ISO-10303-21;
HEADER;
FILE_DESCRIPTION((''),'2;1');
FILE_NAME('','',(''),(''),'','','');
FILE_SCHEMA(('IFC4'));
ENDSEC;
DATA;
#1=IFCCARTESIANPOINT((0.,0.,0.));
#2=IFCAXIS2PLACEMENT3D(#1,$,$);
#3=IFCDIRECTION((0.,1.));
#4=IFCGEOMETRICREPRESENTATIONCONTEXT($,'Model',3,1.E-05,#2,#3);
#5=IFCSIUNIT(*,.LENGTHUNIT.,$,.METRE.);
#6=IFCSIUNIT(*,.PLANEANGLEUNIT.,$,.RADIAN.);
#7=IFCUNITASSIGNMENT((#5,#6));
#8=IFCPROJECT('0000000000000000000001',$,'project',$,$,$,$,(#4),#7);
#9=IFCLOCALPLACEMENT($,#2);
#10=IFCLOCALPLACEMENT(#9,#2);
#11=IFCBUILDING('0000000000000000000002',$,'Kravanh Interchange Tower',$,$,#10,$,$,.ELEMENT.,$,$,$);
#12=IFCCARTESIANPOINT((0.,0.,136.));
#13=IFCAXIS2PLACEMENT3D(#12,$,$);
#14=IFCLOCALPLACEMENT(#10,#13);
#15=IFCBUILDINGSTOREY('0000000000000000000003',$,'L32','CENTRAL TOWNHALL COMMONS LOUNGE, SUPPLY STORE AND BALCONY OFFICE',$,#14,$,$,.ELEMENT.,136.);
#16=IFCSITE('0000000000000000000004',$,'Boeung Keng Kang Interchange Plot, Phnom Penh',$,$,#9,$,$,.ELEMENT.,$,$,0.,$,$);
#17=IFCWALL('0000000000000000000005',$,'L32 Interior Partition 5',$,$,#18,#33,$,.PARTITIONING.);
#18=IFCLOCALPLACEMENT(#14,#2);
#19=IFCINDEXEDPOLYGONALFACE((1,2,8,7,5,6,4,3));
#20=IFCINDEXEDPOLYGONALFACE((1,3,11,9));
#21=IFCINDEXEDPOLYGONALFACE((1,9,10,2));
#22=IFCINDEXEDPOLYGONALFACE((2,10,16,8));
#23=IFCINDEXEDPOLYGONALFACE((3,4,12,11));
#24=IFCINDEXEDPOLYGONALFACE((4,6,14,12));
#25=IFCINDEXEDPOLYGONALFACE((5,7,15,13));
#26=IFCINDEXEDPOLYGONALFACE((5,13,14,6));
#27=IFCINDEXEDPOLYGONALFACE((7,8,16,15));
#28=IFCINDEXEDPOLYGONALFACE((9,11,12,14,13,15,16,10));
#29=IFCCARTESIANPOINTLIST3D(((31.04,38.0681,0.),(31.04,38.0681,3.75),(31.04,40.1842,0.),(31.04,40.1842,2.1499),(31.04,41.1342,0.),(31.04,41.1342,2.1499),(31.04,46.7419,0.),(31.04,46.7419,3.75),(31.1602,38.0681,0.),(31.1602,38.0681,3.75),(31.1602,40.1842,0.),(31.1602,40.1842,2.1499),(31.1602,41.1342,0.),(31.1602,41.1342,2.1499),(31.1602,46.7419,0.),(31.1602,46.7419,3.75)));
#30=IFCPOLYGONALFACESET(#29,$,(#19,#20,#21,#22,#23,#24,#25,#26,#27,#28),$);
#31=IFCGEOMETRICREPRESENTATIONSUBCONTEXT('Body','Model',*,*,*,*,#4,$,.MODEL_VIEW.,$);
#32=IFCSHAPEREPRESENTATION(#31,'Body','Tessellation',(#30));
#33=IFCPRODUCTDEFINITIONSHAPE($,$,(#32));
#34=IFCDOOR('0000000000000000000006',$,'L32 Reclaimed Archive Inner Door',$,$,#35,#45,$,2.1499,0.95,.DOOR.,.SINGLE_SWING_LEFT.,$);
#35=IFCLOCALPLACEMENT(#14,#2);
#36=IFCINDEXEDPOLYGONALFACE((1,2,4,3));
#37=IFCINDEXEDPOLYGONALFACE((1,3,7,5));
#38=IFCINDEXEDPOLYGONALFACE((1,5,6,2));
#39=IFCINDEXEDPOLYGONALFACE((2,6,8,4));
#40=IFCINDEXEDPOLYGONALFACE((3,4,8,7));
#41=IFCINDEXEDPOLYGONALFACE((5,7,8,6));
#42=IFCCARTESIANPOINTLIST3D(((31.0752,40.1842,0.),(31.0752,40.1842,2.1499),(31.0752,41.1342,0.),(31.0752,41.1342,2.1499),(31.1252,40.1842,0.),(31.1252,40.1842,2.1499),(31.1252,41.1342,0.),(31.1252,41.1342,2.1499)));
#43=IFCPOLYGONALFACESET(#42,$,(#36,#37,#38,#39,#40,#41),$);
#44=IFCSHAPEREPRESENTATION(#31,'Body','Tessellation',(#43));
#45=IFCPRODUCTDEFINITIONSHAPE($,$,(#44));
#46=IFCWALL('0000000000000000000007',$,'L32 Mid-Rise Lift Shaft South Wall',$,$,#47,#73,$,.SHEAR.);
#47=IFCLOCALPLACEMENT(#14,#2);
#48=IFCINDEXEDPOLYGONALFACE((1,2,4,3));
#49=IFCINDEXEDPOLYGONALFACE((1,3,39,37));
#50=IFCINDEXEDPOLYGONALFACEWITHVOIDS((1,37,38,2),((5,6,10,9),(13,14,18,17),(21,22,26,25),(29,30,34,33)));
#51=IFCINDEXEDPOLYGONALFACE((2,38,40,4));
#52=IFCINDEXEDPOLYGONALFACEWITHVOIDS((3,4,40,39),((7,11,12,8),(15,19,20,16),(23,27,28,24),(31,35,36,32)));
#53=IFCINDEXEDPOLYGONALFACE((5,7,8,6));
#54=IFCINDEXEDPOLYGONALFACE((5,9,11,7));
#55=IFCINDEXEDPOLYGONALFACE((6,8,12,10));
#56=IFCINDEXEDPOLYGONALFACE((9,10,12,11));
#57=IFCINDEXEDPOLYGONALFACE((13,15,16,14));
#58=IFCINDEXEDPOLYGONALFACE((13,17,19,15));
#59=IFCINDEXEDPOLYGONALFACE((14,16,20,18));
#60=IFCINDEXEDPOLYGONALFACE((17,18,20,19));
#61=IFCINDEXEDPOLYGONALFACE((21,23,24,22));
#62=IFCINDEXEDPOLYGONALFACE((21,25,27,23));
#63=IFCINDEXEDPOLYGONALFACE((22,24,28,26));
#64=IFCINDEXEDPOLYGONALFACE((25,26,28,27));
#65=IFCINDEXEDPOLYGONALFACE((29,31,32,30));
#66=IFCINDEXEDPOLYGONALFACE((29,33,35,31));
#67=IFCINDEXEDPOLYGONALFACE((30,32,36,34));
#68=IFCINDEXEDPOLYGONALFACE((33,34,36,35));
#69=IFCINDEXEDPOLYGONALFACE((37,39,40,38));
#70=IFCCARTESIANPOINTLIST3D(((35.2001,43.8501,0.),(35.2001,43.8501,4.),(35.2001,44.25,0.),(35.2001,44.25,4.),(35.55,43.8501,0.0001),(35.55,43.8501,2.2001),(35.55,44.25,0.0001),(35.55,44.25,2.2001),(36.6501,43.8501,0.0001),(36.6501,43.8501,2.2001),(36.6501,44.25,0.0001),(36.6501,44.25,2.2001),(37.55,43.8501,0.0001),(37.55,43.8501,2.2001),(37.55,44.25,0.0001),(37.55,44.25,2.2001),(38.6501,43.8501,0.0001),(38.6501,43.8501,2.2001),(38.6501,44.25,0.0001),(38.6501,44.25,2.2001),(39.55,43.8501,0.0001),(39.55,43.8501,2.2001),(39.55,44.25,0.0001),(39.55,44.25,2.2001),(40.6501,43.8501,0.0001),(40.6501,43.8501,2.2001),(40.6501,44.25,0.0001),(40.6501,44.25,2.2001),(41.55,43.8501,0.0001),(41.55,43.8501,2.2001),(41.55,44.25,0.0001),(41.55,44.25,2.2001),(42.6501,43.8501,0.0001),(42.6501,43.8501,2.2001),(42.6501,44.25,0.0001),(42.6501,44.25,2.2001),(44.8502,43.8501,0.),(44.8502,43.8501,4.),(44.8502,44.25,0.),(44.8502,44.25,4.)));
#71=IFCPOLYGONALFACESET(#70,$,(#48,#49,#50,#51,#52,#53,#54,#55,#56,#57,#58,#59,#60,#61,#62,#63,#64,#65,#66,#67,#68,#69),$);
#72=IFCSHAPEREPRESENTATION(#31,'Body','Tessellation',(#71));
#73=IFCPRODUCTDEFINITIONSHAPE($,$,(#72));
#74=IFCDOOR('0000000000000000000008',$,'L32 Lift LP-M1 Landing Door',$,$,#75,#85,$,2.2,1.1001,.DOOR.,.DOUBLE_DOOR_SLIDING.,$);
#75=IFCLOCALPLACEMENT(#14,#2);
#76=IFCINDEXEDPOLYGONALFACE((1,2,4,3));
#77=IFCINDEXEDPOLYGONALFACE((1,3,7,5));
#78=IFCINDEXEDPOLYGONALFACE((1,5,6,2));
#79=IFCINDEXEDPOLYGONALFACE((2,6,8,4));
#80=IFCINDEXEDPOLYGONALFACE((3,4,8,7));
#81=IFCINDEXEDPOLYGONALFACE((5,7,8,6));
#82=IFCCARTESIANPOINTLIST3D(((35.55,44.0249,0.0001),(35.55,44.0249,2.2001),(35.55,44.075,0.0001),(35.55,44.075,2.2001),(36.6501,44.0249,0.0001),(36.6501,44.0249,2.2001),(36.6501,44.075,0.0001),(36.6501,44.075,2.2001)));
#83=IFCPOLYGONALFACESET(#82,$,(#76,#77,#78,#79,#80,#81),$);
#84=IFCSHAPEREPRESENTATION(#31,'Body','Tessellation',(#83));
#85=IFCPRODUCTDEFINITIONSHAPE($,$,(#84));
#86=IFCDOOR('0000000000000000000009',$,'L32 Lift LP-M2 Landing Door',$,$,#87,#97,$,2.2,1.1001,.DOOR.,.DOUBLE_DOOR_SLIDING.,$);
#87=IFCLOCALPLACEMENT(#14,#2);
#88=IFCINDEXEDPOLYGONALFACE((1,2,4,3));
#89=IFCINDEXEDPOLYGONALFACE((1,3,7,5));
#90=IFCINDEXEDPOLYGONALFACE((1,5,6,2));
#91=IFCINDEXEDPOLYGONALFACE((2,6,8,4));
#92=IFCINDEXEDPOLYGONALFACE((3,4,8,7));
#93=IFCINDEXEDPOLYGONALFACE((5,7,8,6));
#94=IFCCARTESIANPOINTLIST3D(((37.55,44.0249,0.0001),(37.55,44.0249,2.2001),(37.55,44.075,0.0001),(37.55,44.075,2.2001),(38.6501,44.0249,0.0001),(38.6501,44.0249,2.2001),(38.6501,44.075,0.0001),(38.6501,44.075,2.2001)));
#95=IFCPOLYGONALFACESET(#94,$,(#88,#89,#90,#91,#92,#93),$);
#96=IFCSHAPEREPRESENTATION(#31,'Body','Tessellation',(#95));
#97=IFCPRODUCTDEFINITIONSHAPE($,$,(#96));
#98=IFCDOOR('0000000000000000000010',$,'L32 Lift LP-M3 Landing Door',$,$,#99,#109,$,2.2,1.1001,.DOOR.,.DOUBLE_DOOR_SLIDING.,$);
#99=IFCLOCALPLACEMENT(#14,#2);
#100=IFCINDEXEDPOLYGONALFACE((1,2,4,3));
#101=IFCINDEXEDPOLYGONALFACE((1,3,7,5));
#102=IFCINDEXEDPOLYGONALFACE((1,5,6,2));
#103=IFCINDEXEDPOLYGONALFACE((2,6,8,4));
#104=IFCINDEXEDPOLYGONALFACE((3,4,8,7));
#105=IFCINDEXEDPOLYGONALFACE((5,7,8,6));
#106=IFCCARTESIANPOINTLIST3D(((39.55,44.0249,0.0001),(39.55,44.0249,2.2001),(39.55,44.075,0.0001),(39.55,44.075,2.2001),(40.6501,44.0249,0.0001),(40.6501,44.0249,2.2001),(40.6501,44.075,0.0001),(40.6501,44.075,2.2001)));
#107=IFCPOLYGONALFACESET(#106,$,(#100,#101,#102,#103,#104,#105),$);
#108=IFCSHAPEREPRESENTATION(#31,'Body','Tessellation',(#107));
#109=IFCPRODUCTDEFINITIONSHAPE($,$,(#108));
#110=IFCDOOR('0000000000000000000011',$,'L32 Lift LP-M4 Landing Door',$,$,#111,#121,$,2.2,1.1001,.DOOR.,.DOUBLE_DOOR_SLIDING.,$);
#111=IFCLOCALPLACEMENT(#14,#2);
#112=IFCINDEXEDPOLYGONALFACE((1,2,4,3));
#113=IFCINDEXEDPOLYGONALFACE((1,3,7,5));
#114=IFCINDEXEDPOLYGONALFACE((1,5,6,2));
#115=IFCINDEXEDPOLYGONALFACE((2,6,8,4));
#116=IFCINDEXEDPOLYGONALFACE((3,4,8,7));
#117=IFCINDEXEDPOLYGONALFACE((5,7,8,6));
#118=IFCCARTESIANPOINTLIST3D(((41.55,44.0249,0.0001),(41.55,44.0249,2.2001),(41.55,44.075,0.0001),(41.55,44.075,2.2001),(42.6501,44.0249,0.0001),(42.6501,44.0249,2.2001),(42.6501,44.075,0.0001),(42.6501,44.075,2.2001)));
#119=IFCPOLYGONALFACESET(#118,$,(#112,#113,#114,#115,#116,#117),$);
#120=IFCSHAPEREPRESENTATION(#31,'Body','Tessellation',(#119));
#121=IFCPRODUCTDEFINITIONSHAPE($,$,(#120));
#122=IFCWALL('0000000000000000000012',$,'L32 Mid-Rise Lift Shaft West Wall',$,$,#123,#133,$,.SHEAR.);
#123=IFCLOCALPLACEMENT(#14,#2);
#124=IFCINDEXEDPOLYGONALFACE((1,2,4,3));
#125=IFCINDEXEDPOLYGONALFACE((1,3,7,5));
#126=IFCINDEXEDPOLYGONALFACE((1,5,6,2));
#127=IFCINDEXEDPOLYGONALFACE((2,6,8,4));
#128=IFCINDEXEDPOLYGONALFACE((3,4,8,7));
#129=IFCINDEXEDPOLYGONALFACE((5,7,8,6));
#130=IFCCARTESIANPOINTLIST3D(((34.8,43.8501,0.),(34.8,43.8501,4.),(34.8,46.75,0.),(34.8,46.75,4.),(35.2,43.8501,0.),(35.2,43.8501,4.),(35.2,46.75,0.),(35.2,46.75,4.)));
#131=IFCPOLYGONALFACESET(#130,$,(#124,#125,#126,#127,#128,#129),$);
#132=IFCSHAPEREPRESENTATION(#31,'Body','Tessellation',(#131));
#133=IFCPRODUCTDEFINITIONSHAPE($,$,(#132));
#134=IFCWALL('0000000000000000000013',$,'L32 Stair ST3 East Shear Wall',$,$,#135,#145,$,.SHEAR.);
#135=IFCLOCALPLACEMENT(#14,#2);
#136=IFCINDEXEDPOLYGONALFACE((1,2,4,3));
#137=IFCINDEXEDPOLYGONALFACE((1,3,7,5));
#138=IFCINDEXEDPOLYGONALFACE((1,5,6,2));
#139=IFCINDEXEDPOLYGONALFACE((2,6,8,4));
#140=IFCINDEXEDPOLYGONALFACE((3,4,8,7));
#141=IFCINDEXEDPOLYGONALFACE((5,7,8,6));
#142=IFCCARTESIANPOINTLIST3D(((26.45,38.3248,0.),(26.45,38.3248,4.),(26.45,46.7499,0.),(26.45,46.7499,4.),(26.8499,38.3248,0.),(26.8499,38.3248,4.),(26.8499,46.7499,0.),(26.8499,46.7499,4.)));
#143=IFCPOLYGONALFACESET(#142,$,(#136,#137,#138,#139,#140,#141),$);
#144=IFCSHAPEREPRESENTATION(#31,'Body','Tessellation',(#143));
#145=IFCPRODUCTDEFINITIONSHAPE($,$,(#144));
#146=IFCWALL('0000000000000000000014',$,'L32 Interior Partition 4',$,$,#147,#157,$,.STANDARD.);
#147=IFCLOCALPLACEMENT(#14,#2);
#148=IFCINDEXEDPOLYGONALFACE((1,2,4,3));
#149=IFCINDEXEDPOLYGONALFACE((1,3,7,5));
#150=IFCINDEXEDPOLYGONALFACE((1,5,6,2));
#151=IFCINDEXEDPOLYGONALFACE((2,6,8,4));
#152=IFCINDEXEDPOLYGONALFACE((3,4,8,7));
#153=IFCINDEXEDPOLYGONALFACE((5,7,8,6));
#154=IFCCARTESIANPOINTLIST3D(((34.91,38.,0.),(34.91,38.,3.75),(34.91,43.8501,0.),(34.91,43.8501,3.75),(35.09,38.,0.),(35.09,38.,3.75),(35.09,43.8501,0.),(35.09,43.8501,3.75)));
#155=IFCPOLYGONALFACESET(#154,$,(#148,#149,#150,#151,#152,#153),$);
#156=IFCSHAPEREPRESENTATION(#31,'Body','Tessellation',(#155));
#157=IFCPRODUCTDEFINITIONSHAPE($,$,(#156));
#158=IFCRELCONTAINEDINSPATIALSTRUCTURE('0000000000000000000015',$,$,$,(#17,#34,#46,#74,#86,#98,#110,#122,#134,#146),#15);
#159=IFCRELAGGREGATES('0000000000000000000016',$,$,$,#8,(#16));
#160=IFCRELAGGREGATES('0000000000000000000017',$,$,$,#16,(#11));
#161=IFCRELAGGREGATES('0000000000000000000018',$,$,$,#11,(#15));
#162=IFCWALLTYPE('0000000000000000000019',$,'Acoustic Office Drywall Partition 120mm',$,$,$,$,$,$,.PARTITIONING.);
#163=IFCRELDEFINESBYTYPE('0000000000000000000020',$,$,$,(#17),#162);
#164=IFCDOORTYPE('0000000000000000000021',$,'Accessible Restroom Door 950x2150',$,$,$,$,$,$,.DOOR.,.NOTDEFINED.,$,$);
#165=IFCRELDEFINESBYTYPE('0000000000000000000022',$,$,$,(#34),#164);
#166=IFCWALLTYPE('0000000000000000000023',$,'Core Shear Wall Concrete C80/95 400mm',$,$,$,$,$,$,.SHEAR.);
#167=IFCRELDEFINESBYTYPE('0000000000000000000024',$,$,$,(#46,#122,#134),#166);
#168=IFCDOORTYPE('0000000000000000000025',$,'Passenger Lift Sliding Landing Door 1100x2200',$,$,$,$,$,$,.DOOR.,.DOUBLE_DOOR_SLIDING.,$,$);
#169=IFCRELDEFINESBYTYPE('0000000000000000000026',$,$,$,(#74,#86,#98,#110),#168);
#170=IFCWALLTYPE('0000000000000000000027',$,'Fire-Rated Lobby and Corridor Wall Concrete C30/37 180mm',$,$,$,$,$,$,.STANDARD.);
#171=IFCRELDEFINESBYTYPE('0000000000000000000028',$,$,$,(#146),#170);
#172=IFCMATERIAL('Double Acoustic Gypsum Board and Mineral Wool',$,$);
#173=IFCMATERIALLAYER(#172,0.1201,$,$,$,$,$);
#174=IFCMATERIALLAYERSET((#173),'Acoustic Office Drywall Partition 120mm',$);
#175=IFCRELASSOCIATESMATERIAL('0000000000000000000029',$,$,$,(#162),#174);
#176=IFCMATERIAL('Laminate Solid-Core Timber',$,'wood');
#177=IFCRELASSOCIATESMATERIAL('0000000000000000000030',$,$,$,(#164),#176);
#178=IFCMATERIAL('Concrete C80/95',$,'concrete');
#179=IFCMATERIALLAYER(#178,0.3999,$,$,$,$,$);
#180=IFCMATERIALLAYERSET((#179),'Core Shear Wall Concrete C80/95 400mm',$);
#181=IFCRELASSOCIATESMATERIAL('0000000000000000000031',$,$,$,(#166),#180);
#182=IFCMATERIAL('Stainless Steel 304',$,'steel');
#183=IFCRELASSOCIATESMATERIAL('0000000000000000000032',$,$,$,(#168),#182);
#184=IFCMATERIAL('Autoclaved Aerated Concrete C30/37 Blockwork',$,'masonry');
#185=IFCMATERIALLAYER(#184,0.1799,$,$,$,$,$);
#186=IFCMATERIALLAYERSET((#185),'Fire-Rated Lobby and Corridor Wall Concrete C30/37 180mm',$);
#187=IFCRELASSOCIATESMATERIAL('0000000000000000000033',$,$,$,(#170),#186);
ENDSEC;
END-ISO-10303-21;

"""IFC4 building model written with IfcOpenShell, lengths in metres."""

from ifc_helpers import new_model, si_unit, direction, frame, frame_2d, origin, place, context, subcontext, project, spatial, rectangle, extrude, material, layer, layer_set, type_object, element, fill, save


model = new_model("IFC4")

# Units and contexts
model_context = context("Model", 3, precision=1e-05, world=origin(), true_north=direction((0.0, 1.0)))
body_context = subcontext(model_context, "Body", "Model", "MODEL_VIEW")
ifc_project = project(units=[si_unit("LENGTHUNIT", "METRE"), si_unit("PLANEANGLEUNIT", "RADIAN")], contexts=[model_context])

# Site, building, storey
site_placement = place(None, origin())
site = spatial("IfcSite", under=ifc_project, at=site_placement, Name="Boeung Keng Kang Interchange Plot, Phnom Penh", CompositionType="ELEMENT", RefElevation=0.0)
building_placement = place(site_placement, origin())
building = spatial("IfcBuilding", under=site, at=building_placement, Name="Kravanh Interchange Tower", CompositionType="ELEMENT")
storey_placement = place(building_placement, frame((0.0, 0.0, 136.0)))
storey = spatial("IfcBuildingStorey", under=building, at=storey_placement, Name="L32", Description="CENTRAL TOWNHALL COMMONS LOUNGE, SUPPLY STORE AND BALCONY OFFICE", CompositionType="ELEMENT", Elevation=136.0)

# Wall, opening, door
ifc_material_1 = material(Name="Double Acoustic Gypsum Board and Mineral Wool")
ifc_layer_1 = layer(ifc_material_1, 0.1201)
ifc_layer_set_1 = layer_set([ifc_layer_1], Name="Acoustic Office Drywall Partition 120mm")
wall_type_1 = type_object("IfcWallType", Name="Acoustic Office Drywall Partition 120mm", PredefinedType="PARTITIONING", material=ifc_layer_set_1)
wall_1_placement = place(storey_placement, frame((31.1001, 38.0681, 0.0), z_axis=(0.0, 0.0, 1.0), x_axis=(0.0, 1.0, 0.0)))
wall_1 = element("IfcWall", 1, at=wall_1_placement, inside=storey, type_object=wall_type_1, Name="L32 Interior Partition 5", PredefinedType="PARTITIONING", context=body_context, shape_type="SweptSolid", body=[
    extrude(rectangle(XDim=8.6738, YDim=0.1201, at=frame_2d((4.3369, 0.0))), origin(), (0.0, 0.0, 1.0), 3.75),
])
opening_1_placement = place(wall_1_placement, frame((2.116, 0.0, 0.0)))
opening_1 = element("IfcOpeningElement", 2, at=opening_1_placement, cuts=wall_1, PredefinedType="OPENING", context=body_context, shape_type="SweptSolid", body=[
    extrude(rectangle(XDim=0.95, YDim=2.1499, at=frame_2d((0.4751, 1.075))), frame((0.0, 0.0701, 0.0), z_axis=(0.0, -1.0, 0.0), x_axis=(1.0, 0.0, 0.0)), (0.0, 0.0, 1.0), 0.1401),
])
ifc_material_2 = material(Name="Laminate Solid-Core Timber", Category="wood")
door_type_1 = type_object("IfcDoorType", Name="Accessible Restroom Door 950x2150", OperationType="NOTDEFINED", PredefinedType="DOOR", material=ifc_material_2)
door_1_placement = place(opening_1_placement, origin())
door_1 = element("IfcDoor", 3, at=door_1_placement, inside=storey, type_object=door_type_1, Name="L32 Reclaimed Archive Inner Door", OperationType="SINGLE_SWING_LEFT", OverallHeight=2.1499, OverallWidth=0.95, PredefinedType="DOOR", context=body_context, shape_type="SweptSolid", body=[
    extrude(rectangle(XDim=0.95, YDim=2.1499, at=frame_2d((0.4751, 1.075))), frame((0.0, 0.0249, 0.0), z_axis=(0.0, -1.0, 0.0), x_axis=(1.0, 0.0, 0.0)), (0.0, 0.0, 1.0), 0.05),
])
fill(opening_1, door_1)

# Wall, openings, doors
ifc_material_3 = material(Name="Concrete C80/95", Category="concrete")
ifc_layer_2 = layer(ifc_material_3, 0.3999)
ifc_layer_set_2 = layer_set([ifc_layer_2], Name="Core Shear Wall Concrete C80/95 400mm")
wall_type_2 = type_object("IfcWallType", Name="Core Shear Wall Concrete C80/95 400mm", PredefinedType="SHEAR", material=ifc_layer_set_2)
wall_2_placement = place(storey_placement, frame((35.2, 44.05, 0.0), z_axis=(0.0, 0.0, 1.0), x_axis=(1.0, 0.0, 0.0)))
wall_2 = element("IfcWall", 4, at=wall_2_placement, inside=storey, type_object=wall_type_2, Name="L32 Mid-Rise Lift Shaft South Wall", PredefinedType="SHEAR", context=body_context, shape_type="SweptSolid", body=[
    extrude(rectangle(XDim=9.6501, YDim=0.3999, at=frame_2d((4.8252, 0.0))), origin(), (0.0, 0.0, 1.0), 4.0),
])
opening_2_placement = place(wall_2_placement, frame((0.3501, 0.0, 0.0)))
opening_2 = element("IfcOpeningElement", 5, at=opening_2_placement, cuts=wall_2, PredefinedType="OPENING", context=body_context, shape_type="SweptSolid", body=[
    extrude(rectangle(XDim=1.1001, YDim=2.2, at=frame_2d((0.55, 1.1001))), frame((0.0, 0.21, 0.0), z_axis=(0.0, -1.0, 0.0), x_axis=(1.0, 0.0, 0.0)), (0.0, 0.0, 1.0), 0.4199),
])
opening_3_placement = place(wall_2_placement, frame((2.3501, 0.0, 0.0)))
opening_3 = element("IfcOpeningElement", 6, at=opening_3_placement, cuts=wall_2, PredefinedType="OPENING", context=body_context, shape_type="SweptSolid", body=[
    extrude(rectangle(XDim=1.1001, YDim=2.2, at=frame_2d((0.55, 1.1001))), frame((0.0, 0.21, 0.0), z_axis=(0.0, -1.0, 0.0), x_axis=(1.0, 0.0, 0.0)), (0.0, 0.0, 1.0), 0.4199),
])
opening_4_placement = place(wall_2_placement, frame((4.3501, 0.0, 0.0)))
opening_4 = element("IfcOpeningElement", 7, at=opening_4_placement, cuts=wall_2, PredefinedType="OPENING", context=body_context, shape_type="SweptSolid", body=[
    extrude(rectangle(XDim=1.1001, YDim=2.2, at=frame_2d((0.55, 1.1001))), frame((0.0, 0.21, 0.0), z_axis=(0.0, -1.0, 0.0), x_axis=(1.0, 0.0, 0.0)), (0.0, 0.0, 1.0), 0.4199),
])
opening_5_placement = place(wall_2_placement, frame((6.3501, 0.0, 0.0)))
opening_5 = element("IfcOpeningElement", 8, at=opening_5_placement, cuts=wall_2, PredefinedType="OPENING", context=body_context, shape_type="SweptSolid", body=[
    extrude(rectangle(XDim=1.1001, YDim=2.2, at=frame_2d((0.55, 1.1001))), frame((0.0, 0.21, 0.0), z_axis=(0.0, -1.0, 0.0), x_axis=(1.0, 0.0, 0.0)), (0.0, 0.0, 1.0), 0.4199),
])
ifc_material_4 = material(Name="Stainless Steel 304", Category="steel")
door_type_2 = type_object("IfcDoorType", Name="Passenger Lift Sliding Landing Door 1100x2200", OperationType="DOUBLE_DOOR_SLIDING", PredefinedType="DOOR", material=ifc_material_4)
door_2_placement = place(opening_2_placement, origin())
door_2 = element("IfcDoor", 9, at=door_2_placement, inside=storey, type_object=door_type_2, Name="L32 Lift LP-M1 Landing Door", OperationType="DOUBLE_DOOR_SLIDING", OverallHeight=2.2, OverallWidth=1.1001, PredefinedType="DOOR", context=body_context, shape_type="SweptSolid", body=[
    extrude(rectangle(XDim=1.1001, YDim=2.2, at=frame_2d((0.55, 1.1001))), frame((0.0, 0.0249, 0.0), z_axis=(0.0, -1.0, 0.0), x_axis=(1.0, 0.0, 0.0)), (0.0, 0.0, 1.0), 0.05),
])
fill(opening_2, door_2)
door_3_placement = place(opening_3_placement, origin())
door_3 = element("IfcDoor", 10, at=door_3_placement, inside=storey, type_object=door_type_2, Name="L32 Lift LP-M2 Landing Door", OperationType="DOUBLE_DOOR_SLIDING", OverallHeight=2.2, OverallWidth=1.1001, PredefinedType="DOOR", context=body_context, shape_type="SweptSolid", body=[
    extrude(rectangle(XDim=1.1001, YDim=2.2, at=frame_2d((0.55, 1.1001))), frame((0.0, 0.0249, 0.0), z_axis=(0.0, -1.0, 0.0), x_axis=(1.0, 0.0, 0.0)), (0.0, 0.0, 1.0), 0.05),
])
fill(opening_3, door_3)
door_4_placement = place(opening_4_placement, origin())
door_4 = element("IfcDoor", 11, at=door_4_placement, inside=storey, type_object=door_type_2, Name="L32 Lift LP-M3 Landing Door", OperationType="DOUBLE_DOOR_SLIDING", OverallHeight=2.2, OverallWidth=1.1001, PredefinedType="DOOR", context=body_context, shape_type="SweptSolid", body=[
    extrude(rectangle(XDim=1.1001, YDim=2.2, at=frame_2d((0.55, 1.1001))), frame((0.0, 0.0249, 0.0), z_axis=(0.0, -1.0, 0.0), x_axis=(1.0, 0.0, 0.0)), (0.0, 0.0, 1.0), 0.05),
])
fill(opening_4, door_4)
door_5_placement = place(opening_5_placement, origin())
door_5 = element("IfcDoor", 12, at=door_5_placement, inside=storey, type_object=door_type_2, Name="L32 Lift LP-M4 Landing Door", OperationType="DOUBLE_DOOR_SLIDING", OverallHeight=2.2, OverallWidth=1.1001, PredefinedType="DOOR", context=body_context, shape_type="SweptSolid", body=[
    extrude(rectangle(XDim=1.1001, YDim=2.2, at=frame_2d((0.55, 1.1001))), frame((0.0, 0.0249, 0.0), z_axis=(0.0, -1.0, 0.0), x_axis=(1.0, 0.0, 0.0)), (0.0, 0.0, 1.0), 0.05),
])
fill(opening_5, door_5)

# Walls
wall_3_placement = place(storey_placement, frame((35.0, 43.8501, 0.0), z_axis=(0.0, 0.0, 1.0), x_axis=(0.0, 1.0, 0.0)))
element("IfcWall", 13, at=wall_3_placement, inside=storey, type_object=wall_type_2, Name="L32 Mid-Rise Lift Shaft West Wall", PredefinedType="SHEAR", context=body_context, shape_type="SweptSolid", body=[
    extrude(rectangle(XDim=2.8999, YDim=0.3999, at=frame_2d((1.45, 0.0))), origin(), (0.0, 0.0, 1.0), 4.0),
])
wall_4_placement = place(storey_placement, frame((26.6499, 38.325, 0.0), z_axis=(0.0, 0.0, 1.0), x_axis=(0.0, 1.0, 0.0)))
element("IfcWall", 14, at=wall_4_placement, inside=storey, type_object=wall_type_2, Name="L32 Stair ST3 East Shear Wall", PredefinedType="SHEAR", context=body_context, shape_type="SweptSolid", body=[
    extrude(rectangle(XDim=8.425, YDim=0.3999, at=frame_2d((4.2124, 0.0))), origin(), (0.0, 0.0, 1.0), 4.0),
])
ifc_material_5 = material(Name="Autoclaved Aerated Concrete C30/37 Blockwork", Category="masonry")
ifc_layer_3 = layer(ifc_material_5, 0.1799)
ifc_layer_set_3 = layer_set([ifc_layer_3], Name="Fire-Rated Lobby and Corridor Wall Concrete C30/37 180mm")
wall_type_3 = type_object("IfcWallType", Name="Fire-Rated Lobby and Corridor Wall Concrete C30/37 180mm", PredefinedType="STANDARD", material=ifc_layer_set_3)
wall_5_placement = place(storey_placement, frame((35.0, 38.0, 0.0), z_axis=(0.0, 0.0, 1.0), x_axis=(0.0, 1.0, 0.0)))
element("IfcWall", 15, at=wall_5_placement, inside=storey, type_object=wall_type_3, Name="L32 Interior Partition 4", PredefinedType="STANDARD", context=body_context, shape_type="SweptSolid", body=[
    extrude(rectangle(XDim=5.8501, YDim=0.1799, at=frame_2d((2.925, 0.0))), origin(), (0.0, 0.0, 1.0), 3.75),
])

save(model, "model.ifc")
